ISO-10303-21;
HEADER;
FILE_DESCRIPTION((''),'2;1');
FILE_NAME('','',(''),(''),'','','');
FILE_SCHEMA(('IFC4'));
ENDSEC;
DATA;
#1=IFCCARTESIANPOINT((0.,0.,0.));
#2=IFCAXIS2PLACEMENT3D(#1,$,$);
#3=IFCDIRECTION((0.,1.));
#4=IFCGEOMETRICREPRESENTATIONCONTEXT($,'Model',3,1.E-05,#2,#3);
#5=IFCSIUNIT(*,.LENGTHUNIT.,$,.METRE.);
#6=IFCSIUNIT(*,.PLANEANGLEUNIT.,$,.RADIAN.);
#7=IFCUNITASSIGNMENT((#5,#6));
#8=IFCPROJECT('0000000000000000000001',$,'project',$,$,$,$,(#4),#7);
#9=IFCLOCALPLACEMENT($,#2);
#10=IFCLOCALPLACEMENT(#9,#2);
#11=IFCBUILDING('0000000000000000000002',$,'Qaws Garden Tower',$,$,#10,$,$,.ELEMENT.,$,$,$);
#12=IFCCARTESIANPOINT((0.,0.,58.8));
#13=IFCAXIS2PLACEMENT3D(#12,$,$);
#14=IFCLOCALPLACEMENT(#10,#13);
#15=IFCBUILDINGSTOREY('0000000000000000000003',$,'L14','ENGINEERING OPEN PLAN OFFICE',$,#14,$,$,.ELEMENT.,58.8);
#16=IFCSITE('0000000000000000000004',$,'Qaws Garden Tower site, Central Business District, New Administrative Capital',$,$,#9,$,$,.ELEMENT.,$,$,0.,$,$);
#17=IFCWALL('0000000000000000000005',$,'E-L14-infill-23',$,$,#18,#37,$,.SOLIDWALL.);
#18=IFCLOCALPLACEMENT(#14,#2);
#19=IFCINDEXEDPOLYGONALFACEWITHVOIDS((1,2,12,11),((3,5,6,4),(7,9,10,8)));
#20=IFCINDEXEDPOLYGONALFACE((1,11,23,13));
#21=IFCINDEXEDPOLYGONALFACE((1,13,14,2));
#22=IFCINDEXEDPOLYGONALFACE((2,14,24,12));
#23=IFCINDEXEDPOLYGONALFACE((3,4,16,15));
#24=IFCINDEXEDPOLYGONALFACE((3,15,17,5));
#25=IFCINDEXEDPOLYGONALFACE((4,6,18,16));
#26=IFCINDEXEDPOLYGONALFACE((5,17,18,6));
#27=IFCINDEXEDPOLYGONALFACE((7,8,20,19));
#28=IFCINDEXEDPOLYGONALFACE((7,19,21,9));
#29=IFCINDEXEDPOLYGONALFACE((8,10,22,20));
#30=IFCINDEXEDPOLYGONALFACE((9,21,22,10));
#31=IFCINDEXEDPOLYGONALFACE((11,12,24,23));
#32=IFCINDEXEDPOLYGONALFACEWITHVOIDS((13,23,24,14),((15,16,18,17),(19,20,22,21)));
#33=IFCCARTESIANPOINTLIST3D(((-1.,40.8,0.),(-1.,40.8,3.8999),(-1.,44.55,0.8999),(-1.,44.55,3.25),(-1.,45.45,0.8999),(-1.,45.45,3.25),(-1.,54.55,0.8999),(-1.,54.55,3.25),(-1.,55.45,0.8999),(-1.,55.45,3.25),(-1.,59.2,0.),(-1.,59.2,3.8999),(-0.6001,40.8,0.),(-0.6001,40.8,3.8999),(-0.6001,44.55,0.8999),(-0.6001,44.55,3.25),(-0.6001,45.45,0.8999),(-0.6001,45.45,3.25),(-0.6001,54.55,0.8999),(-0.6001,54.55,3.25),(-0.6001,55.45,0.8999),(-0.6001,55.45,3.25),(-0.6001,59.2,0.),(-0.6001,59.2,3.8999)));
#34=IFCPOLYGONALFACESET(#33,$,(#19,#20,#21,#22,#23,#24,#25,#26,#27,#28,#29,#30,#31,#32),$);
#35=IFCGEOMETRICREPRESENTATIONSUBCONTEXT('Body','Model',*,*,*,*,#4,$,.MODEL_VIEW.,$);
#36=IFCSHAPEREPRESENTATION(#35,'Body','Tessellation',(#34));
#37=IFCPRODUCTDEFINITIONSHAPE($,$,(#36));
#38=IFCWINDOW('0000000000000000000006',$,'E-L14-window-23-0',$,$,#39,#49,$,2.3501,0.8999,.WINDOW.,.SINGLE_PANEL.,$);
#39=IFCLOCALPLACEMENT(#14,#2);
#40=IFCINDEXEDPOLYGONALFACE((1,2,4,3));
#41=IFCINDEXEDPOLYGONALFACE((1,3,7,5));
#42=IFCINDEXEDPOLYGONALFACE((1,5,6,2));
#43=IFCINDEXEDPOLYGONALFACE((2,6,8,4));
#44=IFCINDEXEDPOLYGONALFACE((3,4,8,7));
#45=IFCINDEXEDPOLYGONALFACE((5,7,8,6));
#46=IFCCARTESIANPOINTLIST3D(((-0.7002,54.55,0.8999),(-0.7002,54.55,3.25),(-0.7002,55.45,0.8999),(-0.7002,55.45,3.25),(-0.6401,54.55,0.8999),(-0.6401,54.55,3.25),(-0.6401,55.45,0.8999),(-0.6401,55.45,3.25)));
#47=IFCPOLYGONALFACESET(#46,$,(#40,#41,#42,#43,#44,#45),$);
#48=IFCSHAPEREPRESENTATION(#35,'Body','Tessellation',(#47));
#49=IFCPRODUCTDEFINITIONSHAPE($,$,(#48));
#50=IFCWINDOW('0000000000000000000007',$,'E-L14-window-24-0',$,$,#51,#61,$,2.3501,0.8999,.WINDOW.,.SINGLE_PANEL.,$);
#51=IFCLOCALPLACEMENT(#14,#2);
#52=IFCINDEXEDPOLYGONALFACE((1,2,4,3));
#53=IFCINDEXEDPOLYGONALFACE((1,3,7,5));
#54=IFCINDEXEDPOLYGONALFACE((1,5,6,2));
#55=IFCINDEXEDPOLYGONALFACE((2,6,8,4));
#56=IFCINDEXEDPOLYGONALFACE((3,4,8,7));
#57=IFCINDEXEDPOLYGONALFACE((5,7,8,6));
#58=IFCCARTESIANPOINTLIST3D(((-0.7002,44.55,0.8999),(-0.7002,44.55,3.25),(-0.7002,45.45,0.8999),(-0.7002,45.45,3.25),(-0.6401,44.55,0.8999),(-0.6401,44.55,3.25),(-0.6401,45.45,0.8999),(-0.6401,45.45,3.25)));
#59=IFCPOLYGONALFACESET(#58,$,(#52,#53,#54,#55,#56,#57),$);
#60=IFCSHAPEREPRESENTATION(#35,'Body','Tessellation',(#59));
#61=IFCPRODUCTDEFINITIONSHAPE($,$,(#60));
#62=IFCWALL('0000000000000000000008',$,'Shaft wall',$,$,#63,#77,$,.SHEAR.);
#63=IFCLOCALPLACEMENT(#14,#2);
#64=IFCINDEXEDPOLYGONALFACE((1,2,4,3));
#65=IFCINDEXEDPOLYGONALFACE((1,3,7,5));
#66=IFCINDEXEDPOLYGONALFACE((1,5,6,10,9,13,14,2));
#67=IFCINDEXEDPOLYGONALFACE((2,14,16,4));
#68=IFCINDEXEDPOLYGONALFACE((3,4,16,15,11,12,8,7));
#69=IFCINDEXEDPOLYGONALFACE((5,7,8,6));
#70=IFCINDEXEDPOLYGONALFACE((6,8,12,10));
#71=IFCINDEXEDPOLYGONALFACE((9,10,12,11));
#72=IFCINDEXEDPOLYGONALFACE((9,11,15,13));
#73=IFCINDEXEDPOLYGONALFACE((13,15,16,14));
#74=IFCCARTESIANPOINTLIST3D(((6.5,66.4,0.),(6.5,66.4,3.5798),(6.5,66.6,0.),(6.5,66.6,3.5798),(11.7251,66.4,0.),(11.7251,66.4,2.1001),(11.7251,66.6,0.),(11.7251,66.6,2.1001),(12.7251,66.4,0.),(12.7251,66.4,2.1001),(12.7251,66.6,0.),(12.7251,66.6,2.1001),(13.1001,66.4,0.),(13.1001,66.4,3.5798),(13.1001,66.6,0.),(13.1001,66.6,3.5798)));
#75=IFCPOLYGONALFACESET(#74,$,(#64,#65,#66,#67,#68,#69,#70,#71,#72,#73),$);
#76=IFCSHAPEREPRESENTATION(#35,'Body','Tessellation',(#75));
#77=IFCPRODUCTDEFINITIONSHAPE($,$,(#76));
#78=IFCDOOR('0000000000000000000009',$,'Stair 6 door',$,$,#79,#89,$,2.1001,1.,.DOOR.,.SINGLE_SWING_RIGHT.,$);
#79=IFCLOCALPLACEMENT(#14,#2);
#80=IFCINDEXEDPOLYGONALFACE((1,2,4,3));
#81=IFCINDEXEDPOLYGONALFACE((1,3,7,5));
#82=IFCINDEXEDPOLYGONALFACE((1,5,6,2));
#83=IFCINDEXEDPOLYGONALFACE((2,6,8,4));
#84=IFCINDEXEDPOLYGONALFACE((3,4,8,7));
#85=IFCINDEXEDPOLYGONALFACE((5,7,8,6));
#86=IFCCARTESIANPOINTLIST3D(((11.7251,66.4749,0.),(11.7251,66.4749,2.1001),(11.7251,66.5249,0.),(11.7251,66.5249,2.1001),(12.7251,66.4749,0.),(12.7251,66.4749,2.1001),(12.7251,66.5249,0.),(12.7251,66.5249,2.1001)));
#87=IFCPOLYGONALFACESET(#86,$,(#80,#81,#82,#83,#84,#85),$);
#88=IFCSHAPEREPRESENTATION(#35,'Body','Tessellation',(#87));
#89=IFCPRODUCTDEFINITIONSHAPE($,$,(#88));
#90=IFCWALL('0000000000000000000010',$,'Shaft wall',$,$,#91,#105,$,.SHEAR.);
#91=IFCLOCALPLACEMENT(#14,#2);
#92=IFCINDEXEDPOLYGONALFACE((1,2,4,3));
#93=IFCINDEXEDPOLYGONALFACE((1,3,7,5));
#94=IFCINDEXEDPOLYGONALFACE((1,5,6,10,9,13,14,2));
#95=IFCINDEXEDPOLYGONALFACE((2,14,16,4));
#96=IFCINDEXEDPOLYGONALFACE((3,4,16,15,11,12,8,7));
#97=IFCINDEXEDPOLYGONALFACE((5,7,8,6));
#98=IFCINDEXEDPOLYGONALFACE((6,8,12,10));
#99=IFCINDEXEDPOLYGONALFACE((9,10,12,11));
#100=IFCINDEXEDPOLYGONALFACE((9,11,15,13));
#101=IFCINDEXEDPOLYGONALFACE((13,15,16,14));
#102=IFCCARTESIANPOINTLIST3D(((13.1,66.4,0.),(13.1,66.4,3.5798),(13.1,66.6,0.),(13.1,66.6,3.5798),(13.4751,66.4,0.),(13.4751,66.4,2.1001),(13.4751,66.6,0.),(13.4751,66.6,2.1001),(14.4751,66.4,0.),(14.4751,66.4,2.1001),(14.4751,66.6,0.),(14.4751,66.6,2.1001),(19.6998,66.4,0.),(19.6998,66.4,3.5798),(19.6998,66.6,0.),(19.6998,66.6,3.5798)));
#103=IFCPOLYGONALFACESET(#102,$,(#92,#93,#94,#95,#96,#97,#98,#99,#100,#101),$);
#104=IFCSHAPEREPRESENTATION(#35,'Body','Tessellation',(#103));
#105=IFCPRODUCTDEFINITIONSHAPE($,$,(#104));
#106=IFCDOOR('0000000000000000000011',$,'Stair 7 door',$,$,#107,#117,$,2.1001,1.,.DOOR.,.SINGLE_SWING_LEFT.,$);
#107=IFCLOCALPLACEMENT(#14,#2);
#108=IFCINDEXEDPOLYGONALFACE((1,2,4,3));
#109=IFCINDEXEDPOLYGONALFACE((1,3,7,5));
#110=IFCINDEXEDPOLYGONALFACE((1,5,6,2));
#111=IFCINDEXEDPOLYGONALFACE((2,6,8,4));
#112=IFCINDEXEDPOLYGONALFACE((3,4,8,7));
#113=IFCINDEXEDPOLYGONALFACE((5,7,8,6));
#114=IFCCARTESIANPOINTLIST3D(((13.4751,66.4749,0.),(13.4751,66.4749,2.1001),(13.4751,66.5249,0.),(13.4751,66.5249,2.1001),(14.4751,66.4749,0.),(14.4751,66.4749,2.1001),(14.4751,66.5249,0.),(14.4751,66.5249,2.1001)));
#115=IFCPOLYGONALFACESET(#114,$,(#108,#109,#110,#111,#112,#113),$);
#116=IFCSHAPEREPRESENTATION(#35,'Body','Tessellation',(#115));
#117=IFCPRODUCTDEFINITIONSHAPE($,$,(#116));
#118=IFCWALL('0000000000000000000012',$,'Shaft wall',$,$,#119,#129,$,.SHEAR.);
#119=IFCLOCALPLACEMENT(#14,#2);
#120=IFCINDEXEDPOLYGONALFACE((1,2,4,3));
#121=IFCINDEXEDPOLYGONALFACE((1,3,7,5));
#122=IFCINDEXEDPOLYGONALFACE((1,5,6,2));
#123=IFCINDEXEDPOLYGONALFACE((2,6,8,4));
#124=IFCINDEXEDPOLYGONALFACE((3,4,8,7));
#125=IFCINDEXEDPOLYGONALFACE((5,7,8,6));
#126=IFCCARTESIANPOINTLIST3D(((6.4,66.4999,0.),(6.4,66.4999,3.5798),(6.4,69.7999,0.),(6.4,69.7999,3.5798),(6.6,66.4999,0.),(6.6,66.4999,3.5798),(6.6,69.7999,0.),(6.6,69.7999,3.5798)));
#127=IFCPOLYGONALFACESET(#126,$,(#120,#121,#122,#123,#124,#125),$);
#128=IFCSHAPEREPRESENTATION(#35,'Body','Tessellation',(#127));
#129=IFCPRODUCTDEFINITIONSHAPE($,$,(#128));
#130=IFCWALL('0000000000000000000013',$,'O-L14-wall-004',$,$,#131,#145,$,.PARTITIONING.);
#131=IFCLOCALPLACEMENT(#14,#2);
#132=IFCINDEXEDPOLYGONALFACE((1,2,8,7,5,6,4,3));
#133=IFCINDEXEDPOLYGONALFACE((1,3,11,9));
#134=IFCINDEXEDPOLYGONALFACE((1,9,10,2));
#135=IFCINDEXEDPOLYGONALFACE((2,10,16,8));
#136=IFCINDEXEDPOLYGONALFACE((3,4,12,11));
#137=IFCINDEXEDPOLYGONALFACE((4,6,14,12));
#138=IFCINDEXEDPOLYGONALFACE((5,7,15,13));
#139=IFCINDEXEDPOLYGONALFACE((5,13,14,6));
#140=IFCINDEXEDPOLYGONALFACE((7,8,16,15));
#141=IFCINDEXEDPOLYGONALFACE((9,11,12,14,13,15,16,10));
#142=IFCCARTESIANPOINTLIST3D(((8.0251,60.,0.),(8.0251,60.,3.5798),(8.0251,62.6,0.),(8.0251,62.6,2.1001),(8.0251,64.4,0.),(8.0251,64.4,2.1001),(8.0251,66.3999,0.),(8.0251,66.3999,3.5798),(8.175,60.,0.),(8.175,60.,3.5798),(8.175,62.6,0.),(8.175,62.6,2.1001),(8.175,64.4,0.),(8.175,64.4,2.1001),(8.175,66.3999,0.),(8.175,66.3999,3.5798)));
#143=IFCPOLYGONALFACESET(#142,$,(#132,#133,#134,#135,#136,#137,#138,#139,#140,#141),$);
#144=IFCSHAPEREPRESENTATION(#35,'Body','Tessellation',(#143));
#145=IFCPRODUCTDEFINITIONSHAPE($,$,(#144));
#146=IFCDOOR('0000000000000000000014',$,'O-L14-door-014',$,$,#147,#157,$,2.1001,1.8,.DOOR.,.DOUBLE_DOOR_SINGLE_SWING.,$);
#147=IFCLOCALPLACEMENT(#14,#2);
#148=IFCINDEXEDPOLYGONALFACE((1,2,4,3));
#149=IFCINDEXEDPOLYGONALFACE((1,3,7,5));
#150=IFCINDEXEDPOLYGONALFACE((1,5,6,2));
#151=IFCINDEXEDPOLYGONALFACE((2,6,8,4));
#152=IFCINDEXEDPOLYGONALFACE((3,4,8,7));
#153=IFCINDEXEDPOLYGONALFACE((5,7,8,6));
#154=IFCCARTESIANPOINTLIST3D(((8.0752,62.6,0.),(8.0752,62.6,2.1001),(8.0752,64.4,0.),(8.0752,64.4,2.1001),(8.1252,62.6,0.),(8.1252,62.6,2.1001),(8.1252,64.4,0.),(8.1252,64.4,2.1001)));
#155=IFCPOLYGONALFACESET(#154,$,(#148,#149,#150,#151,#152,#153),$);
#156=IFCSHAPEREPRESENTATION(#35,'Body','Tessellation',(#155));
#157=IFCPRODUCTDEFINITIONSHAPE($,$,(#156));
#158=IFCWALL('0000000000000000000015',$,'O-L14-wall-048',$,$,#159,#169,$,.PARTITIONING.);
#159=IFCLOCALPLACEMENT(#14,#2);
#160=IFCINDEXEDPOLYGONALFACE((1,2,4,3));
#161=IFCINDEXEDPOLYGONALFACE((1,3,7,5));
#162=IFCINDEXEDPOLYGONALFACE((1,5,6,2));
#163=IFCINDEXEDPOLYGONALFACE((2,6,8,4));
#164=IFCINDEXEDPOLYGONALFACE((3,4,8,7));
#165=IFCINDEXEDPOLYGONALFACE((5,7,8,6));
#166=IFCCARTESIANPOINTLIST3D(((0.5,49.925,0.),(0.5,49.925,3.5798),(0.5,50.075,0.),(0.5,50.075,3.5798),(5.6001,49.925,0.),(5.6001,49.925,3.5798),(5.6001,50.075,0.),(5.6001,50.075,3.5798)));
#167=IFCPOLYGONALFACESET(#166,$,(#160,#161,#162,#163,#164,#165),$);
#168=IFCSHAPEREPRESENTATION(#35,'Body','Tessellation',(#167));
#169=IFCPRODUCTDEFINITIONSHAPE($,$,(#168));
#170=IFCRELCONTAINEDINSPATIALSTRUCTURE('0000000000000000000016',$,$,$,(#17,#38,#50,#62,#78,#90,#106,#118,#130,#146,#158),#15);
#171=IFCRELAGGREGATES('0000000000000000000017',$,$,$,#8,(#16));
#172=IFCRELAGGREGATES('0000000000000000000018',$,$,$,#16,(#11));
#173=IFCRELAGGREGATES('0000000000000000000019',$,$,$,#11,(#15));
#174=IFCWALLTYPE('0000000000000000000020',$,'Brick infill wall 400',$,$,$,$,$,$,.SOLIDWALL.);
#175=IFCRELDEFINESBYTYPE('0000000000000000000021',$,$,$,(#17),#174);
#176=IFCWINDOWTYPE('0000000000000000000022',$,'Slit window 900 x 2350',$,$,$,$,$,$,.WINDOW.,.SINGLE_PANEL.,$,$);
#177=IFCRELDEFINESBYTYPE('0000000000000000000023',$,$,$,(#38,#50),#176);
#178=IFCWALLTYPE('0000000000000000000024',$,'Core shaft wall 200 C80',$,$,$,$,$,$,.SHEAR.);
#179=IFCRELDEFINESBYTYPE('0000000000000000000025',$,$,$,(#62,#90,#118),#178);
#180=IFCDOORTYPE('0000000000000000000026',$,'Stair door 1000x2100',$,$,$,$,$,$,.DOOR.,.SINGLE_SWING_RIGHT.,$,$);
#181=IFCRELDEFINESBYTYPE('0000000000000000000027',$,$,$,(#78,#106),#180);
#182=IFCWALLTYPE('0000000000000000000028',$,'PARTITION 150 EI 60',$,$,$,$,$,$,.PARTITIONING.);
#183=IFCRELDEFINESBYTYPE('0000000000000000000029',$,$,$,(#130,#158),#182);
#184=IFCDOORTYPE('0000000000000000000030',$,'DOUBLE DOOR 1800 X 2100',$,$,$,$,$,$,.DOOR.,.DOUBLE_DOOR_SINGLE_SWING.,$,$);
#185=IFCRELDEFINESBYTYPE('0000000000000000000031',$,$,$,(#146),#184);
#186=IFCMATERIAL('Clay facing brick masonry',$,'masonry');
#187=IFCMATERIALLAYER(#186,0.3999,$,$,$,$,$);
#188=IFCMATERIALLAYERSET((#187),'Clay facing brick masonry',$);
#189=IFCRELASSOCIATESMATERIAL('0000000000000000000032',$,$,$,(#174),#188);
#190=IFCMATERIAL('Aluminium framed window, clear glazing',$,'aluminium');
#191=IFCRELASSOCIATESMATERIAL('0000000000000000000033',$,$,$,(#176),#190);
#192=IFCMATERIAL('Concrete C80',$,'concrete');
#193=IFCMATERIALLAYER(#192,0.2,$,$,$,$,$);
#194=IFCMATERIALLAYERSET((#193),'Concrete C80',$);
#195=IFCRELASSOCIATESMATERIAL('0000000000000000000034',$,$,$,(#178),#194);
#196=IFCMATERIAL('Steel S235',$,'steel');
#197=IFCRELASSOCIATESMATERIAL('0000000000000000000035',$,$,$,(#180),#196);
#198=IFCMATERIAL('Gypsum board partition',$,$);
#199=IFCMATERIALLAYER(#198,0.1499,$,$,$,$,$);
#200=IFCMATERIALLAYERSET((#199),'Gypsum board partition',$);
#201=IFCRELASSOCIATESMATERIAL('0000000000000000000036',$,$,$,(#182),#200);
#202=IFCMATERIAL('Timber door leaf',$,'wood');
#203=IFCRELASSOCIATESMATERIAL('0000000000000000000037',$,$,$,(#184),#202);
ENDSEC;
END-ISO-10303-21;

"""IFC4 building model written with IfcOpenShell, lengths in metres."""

from ifc_helpers import new_model, si_unit, direction, frame, frame_2d, origin, place, context, subcontext, project, spatial, rectangle, extrude, material, layer, layer_set, type_object, element, fill, save


model = new_model("IFC4")

# Units and contexts
model_context = context("Model", 3, precision=1e-05, world=origin(), true_north=direction((0.0, 1.0)))
body_context = subcontext(model_context, "Body", "Model", "MODEL_VIEW")
ifc_project = project(units=[si_unit("LENGTHUNIT", "METRE"), si_unit("PLANEANGLEUNIT", "RADIAN")], contexts=[model_context])

# Site, building, storey
site_placement = place(None, origin())
site = spatial("IfcSite", under=ifc_project, at=site_placement, Name="Qaws Garden Tower site, Central Business District, New Administrative Capital", CompositionType="ELEMENT", RefElevation=0.0)
building_placement = place(site_placement, origin())
building = spatial("IfcBuilding", under=site, at=building_placement, Name="Qaws Garden Tower", CompositionType="ELEMENT")
storey_placement = place(building_placement, frame((0.0, 0.0, 58.8)))
storey = spatial("IfcBuildingStorey", under=building, at=storey_placement, Name="L14", Description="ENGINEERING OPEN PLAN OFFICE", CompositionType="ELEMENT", Elevation=58.8)

# Shared definitions
ifc_material_1 = material(Name="Clay facing brick masonry", Category="masonry")
ifc_layer_1 = layer(ifc_material_1, 0.3999)
ifc_layer_set_1 = layer_set([ifc_layer_1], Name="Clay facing brick masonry")
wall_type_1 = type_object("IfcWallType", Name="Brick infill wall 400", PredefinedType="SOLIDWALL", material=ifc_layer_set_1)

# Wall, openings, windows
wall_1_placement = place(storey_placement, frame((-0.8, 59.2, 0.0), z_axis=(0.0, 0.0, 1.0), x_axis=(0.0, -1.0, 0.0)))
wall_1 = element("IfcWall", 1, at=wall_1_placement, inside=storey, type_object=wall_type_1, Name="E-L14-infill-23", PredefinedType="SOLIDWALL", context=body_context, shape_type="SweptSolid", body=[
    extrude(rectangle(XDim=18.3999, YDim=0.3999, at=frame_2d((9.2, 0.0))), origin(), (0.0, 0.0, 1.0), 3.8999),
])
opening_1_placement = place(wall_1_placement, frame((3.75, 0.0, 0.8999)))
opening_1 = element("IfcOpeningElement", 2, at=opening_1_placement, cuts=wall_1, PredefinedType="OPENING", context=body_context, shape_type="SweptSolid", body=[
    extrude(rectangle(XDim=0.8999, YDim=2.3501, at=frame_2d((0.45, 1.175))), frame((0.0, 0.21, 0.0), z_axis=(0.0, -1.0, 0.0), x_axis=(1.0, 0.0, 0.0)), (0.0, 0.0, 1.0), 0.4199),
])
opening_2_placement = place(wall_1_placement, frame((13.75, 0.0, 0.8999)))
opening_2 = element("IfcOpeningElement", 3, at=opening_2_placement, cuts=wall_1, PredefinedType="OPENING", context=body_context, shape_type="SweptSolid", body=[
    extrude(rectangle(XDim=0.8999, YDim=2.3501, at=frame_2d((0.45, 1.175))), frame((0.0, 0.21, 0.0), z_axis=(0.0, -1.0, 0.0), x_axis=(1.0, 0.0, 0.0)), (0.0, 0.0, 1.0), 0.4199),
])
ifc_material_2 = material(Name="Aluminium framed window, clear glazing", Category="aluminium")
window_type_1 = type_object("IfcWindowType", Name="Slit window 900 x 2350", PartitioningType="SINGLE_PANEL", PredefinedType="WINDOW", material=ifc_material_2)
window_1_placement = place(opening_1_placement, origin())
window_1 = element("IfcWindow", 4, at=window_1_placement, inside=storey, type_object=window_type_1, Name="E-L14-window-23-0", OverallHeight=2.3501, OverallWidth=0.8999, PartitioningType="SINGLE_PANEL", PredefinedType="WINDOW", context=body_context, shape_type="SweptSolid", body=[
    extrude(rectangle(XDim=0.8999, YDim=2.3501, at=frame_2d((0.45, 1.175))), frame((0.0, 0.1599, 0.0), z_axis=(0.0, -1.0, 0.0), x_axis=(1.0, 0.0, 0.0)), (0.0, 0.0, 1.0), 0.0601),
])
fill(opening_1, window_1)
window_2_placement = place(opening_2_placement, origin())
window_2 = element("IfcWindow", 5, at=window_2_placement, inside=storey, type_object=window_type_1, Name="E-L14-window-24-0", OverallHeight=2.3501, OverallWidth=0.8999, PartitioningType="SINGLE_PANEL", PredefinedType="WINDOW", context=body_context, shape_type="SweptSolid", body=[
    extrude(rectangle(XDim=0.8999, YDim=2.3501, at=frame_2d((0.45, 1.175))), frame((0.0, 0.1599, 0.0), z_axis=(0.0, -1.0, 0.0), x_axis=(1.0, 0.0, 0.0)), (0.0, 0.0, 1.0), 0.0601),
])
fill(opening_2, window_2)

# Walls, openings, doors
ifc_material_3 = material(Name="Concrete C80", Category="concrete")
ifc_layer_2 = layer(ifc_material_3, 0.2)
ifc_layer_set_2 = layer_set([ifc_layer_2], Name="Concrete C80")
wall_type_2 = type_object("IfcWallType", Name="Core shaft wall 200 C80", PredefinedType="SHEAR", material=ifc_layer_set_2)
wall_2_placement = place(storey_placement, frame((6.5, 66.5, 0.0), z_axis=(0.0, 0.0, 1.0), x_axis=(1.0, 0.0, 0.0)))
wall_2 = element("IfcWall", 6, at=wall_2_placement, inside=storey, type_object=wall_type_2, Name="Shaft wall", PredefinedType="SHEAR", context=body_context, shape_type="SweptSolid", body=[
    extrude(rectangle(XDim=6.6001, YDim=0.2, at=frame_2d((3.3, 0.0))), origin(), (0.0, 0.0, 1.0), 3.5798),
])
opening_3_placement = place(wall_2_placement, frame((5.2251, 0.0, 0.0)))
opening_3 = element("IfcOpeningElement", 7, at=opening_3_placement, cuts=wall_2, PredefinedType="OPENING", context=body_context, shape_type="SweptSolid", body=[
    extrude(rectangle(XDim=1.0, YDim=2.1001, at=frame_2d((0.5, 1.05))), frame((0.0, 0.1099, 0.0), z_axis=(0.0, -1.0, 0.0), x_axis=(1.0, 0.0, 0.0)), (0.0, 0.0, 1.0), 0.22),
])
ifc_material_4 = material(Name="Steel S235", Category="steel")
door_type_1 = type_object("IfcDoorType", Name="Stair door 1000x2100", OperationType="SINGLE_SWING_RIGHT", PredefinedType="DOOR", material=ifc_material_4)
door_1_placement = place(opening_3_placement, origin())
door_1 = element("IfcDoor", 8, at=door_1_placement, inside=storey, type_object=door_type_1, Name="Stair 6 door", OperationType="SINGLE_SWING_RIGHT", OverallHeight=2.1001, OverallWidth=1.0, PredefinedType="DOOR", context=body_context, shape_type="SweptSolid", body=[
    extrude(rectangle(XDim=1.0, YDim=2.1001, at=frame_2d((0.5, 1.05))), frame((0.0, 0.0249, 0.0), z_axis=(0.0, -1.0, 0.0), x_axis=(1.0, 0.0, 0.0)), (0.0, 0.0, 1.0), 0.05),
])
fill(opening_3, door_1)
wall_3_placement = place(storey_placement, frame((13.1001, 66.5, 0.0), z_axis=(0.0, 0.0, 1.0), x_axis=(1.0, 0.0, 0.0)))
wall_3 = element("IfcWall", 9, at=wall_3_placement, inside=storey, type_object=wall_type_2, Name="Shaft wall", PredefinedType="SHEAR", context=body_context, shape_type="SweptSolid", body=[
    extrude(rectangle(XDim=6.5999, YDim=0.2, at=frame_2d((3.2998, 0.0))), origin(), (0.0, 0.0, 1.0), 3.5798),
])
opening_4_placement = place(wall_3_placement, frame((0.375, 0.0, 0.0)))
opening_4 = element("IfcOpeningElement", 10, at=opening_4_placement, cuts=wall_3, PredefinedType="OPENING", context=body_context, shape_type="SweptSolid", body=[
    extrude(rectangle(XDim=1.0, YDim=2.1001, at=frame_2d((0.5, 1.05))), frame((0.0, 0.1099, 0.0), z_axis=(0.0, -1.0, 0.0), x_axis=(1.0, 0.0, 0.0)), (0.0, 0.0, 1.0), 0.22),
])
door_2_placement = place(opening_4_placement, origin())
door_2 = element("IfcDoor", 11, at=door_2_placement, inside=storey, type_object=door_type_1, Name="Stair 7 door", OperationType="SINGLE_SWING_LEFT", OverallHeight=2.1001, OverallWidth=1.0, PredefinedType="DOOR", context=body_context, shape_type="SweptSolid", body=[
    extrude(rectangle(XDim=1.0, YDim=2.1001, at=frame_2d((0.5, 1.05))), frame((0.0, 0.0249, 0.0), z_axis=(0.0, -1.0, 0.0), x_axis=(1.0, 0.0, 0.0)), (0.0, 0.0, 1.0), 0.05),
])
fill(opening_4, door_2)

# Wall
wall_4_placement = place(storey_placement, frame((6.5, 66.5, 0.0), z_axis=(0.0, 0.0, 1.0), x_axis=(0.0, 1.0, 0.0)))
element("IfcWall", 12, at=wall_4_placement, inside=storey, type_object=wall_type_2, Name="Shaft wall", PredefinedType="SHEAR", context=body_context, shape_type="SweptSolid", body=[
    extrude(rectangle(XDim=3.3, YDim=0.2, at=frame_2d((1.6499, 0.0))), origin(), (0.0, 0.0, 1.0), 3.5798),
])

# Wall, opening, door
ifc_material_5 = material(Name="Gypsum board partition")
ifc_layer_3 = layer(ifc_material_5, 0.1499)
ifc_layer_set_3 = layer_set([ifc_layer_3], Name="Gypsum board partition")
wall_type_3 = type_object("IfcWallType", Name="PARTITION 150 EI 60", PredefinedType="PARTITIONING", material=ifc_layer_set_3)
wall_5_placement = place(storey_placement, frame((8.1001, 60.0, 0.0), z_axis=(0.0, 0.0, 1.0), x_axis=(0.0, 1.0, 0.0)))
wall_5 = element("IfcWall", 13, at=wall_5_placement, inside=storey, type_object=wall_type_3, Name="O-L14-wall-004", PredefinedType="PARTITIONING", context=body_context, shape_type="SweptSolid", body=[
    extrude(rectangle(XDim=6.3999, YDim=0.1499, at=frame_2d((3.2, 0.0))), origin(), (0.0, 0.0, 1.0), 3.5798),
])
opening_5_placement = place(wall_5_placement, frame((2.6001, 0.0, 0.0)))
opening_5 = element("IfcOpeningElement", 14, at=opening_5_placement, cuts=wall_5, PredefinedType="OPENING", context=body_context, shape_type="SweptSolid", body=[
    extrude(rectangle(XDim=1.8, YDim=2.1001, at=frame_2d((0.8999, 1.05))), frame((0.0, 0.085, 0.0), z_axis=(0.0, -1.0, 0.0), x_axis=(1.0, 0.0, 0.0)), (0.0, 0.0, 1.0), 0.1699),
])
ifc_material_6 = material(Name="Timber door leaf", Category="wood")
door_type_2 = type_object("IfcDoorType", Name="DOUBLE DOOR 1800 X 2100", OperationType="DOUBLE_DOOR_SINGLE_SWING", PredefinedType="DOOR", material=ifc_material_6)
door_3_placement = place(opening_5_placement, origin())
door_3 = element("IfcDoor", 15, at=door_3_placement, inside=storey, type_object=door_type_2, Name="O-L14-door-014", OperationType="DOUBLE_DOOR_SINGLE_SWING", OverallHeight=2.1001, OverallWidth=1.8, PredefinedType="DOOR", context=body_context, shape_type="SweptSolid", body=[
    extrude(rectangle(XDim=1.8, YDim=2.1001, at=frame_2d((0.8999, 1.05))), frame((0.0, 0.0249, 0.0), z_axis=(0.0, -1.0, 0.0), x_axis=(1.0, 0.0, 0.0)), (0.0, 0.0, 1.0), 0.05),
])
fill(opening_5, door_3)

# Wall
wall_6_placement = place(storey_placement, frame((0.5, 50.0, 0.0), z_axis=(0.0, 0.0, 1.0), x_axis=(1.0, 0.0, 0.0)))
element("IfcWall", 16, at=wall_6_placement, inside=storey, type_object=wall_type_3, Name="O-L14-wall-048", PredefinedType="PARTITIONING", context=body_context, shape_type="SweptSolid", body=[
    extrude(rectangle(XDim=5.1001, YDim=0.1499, at=frame_2d((2.55, 0.0))), origin(), (0.0, 0.0, 1.0), 3.5798),
])

save(model, "model.ifc")
